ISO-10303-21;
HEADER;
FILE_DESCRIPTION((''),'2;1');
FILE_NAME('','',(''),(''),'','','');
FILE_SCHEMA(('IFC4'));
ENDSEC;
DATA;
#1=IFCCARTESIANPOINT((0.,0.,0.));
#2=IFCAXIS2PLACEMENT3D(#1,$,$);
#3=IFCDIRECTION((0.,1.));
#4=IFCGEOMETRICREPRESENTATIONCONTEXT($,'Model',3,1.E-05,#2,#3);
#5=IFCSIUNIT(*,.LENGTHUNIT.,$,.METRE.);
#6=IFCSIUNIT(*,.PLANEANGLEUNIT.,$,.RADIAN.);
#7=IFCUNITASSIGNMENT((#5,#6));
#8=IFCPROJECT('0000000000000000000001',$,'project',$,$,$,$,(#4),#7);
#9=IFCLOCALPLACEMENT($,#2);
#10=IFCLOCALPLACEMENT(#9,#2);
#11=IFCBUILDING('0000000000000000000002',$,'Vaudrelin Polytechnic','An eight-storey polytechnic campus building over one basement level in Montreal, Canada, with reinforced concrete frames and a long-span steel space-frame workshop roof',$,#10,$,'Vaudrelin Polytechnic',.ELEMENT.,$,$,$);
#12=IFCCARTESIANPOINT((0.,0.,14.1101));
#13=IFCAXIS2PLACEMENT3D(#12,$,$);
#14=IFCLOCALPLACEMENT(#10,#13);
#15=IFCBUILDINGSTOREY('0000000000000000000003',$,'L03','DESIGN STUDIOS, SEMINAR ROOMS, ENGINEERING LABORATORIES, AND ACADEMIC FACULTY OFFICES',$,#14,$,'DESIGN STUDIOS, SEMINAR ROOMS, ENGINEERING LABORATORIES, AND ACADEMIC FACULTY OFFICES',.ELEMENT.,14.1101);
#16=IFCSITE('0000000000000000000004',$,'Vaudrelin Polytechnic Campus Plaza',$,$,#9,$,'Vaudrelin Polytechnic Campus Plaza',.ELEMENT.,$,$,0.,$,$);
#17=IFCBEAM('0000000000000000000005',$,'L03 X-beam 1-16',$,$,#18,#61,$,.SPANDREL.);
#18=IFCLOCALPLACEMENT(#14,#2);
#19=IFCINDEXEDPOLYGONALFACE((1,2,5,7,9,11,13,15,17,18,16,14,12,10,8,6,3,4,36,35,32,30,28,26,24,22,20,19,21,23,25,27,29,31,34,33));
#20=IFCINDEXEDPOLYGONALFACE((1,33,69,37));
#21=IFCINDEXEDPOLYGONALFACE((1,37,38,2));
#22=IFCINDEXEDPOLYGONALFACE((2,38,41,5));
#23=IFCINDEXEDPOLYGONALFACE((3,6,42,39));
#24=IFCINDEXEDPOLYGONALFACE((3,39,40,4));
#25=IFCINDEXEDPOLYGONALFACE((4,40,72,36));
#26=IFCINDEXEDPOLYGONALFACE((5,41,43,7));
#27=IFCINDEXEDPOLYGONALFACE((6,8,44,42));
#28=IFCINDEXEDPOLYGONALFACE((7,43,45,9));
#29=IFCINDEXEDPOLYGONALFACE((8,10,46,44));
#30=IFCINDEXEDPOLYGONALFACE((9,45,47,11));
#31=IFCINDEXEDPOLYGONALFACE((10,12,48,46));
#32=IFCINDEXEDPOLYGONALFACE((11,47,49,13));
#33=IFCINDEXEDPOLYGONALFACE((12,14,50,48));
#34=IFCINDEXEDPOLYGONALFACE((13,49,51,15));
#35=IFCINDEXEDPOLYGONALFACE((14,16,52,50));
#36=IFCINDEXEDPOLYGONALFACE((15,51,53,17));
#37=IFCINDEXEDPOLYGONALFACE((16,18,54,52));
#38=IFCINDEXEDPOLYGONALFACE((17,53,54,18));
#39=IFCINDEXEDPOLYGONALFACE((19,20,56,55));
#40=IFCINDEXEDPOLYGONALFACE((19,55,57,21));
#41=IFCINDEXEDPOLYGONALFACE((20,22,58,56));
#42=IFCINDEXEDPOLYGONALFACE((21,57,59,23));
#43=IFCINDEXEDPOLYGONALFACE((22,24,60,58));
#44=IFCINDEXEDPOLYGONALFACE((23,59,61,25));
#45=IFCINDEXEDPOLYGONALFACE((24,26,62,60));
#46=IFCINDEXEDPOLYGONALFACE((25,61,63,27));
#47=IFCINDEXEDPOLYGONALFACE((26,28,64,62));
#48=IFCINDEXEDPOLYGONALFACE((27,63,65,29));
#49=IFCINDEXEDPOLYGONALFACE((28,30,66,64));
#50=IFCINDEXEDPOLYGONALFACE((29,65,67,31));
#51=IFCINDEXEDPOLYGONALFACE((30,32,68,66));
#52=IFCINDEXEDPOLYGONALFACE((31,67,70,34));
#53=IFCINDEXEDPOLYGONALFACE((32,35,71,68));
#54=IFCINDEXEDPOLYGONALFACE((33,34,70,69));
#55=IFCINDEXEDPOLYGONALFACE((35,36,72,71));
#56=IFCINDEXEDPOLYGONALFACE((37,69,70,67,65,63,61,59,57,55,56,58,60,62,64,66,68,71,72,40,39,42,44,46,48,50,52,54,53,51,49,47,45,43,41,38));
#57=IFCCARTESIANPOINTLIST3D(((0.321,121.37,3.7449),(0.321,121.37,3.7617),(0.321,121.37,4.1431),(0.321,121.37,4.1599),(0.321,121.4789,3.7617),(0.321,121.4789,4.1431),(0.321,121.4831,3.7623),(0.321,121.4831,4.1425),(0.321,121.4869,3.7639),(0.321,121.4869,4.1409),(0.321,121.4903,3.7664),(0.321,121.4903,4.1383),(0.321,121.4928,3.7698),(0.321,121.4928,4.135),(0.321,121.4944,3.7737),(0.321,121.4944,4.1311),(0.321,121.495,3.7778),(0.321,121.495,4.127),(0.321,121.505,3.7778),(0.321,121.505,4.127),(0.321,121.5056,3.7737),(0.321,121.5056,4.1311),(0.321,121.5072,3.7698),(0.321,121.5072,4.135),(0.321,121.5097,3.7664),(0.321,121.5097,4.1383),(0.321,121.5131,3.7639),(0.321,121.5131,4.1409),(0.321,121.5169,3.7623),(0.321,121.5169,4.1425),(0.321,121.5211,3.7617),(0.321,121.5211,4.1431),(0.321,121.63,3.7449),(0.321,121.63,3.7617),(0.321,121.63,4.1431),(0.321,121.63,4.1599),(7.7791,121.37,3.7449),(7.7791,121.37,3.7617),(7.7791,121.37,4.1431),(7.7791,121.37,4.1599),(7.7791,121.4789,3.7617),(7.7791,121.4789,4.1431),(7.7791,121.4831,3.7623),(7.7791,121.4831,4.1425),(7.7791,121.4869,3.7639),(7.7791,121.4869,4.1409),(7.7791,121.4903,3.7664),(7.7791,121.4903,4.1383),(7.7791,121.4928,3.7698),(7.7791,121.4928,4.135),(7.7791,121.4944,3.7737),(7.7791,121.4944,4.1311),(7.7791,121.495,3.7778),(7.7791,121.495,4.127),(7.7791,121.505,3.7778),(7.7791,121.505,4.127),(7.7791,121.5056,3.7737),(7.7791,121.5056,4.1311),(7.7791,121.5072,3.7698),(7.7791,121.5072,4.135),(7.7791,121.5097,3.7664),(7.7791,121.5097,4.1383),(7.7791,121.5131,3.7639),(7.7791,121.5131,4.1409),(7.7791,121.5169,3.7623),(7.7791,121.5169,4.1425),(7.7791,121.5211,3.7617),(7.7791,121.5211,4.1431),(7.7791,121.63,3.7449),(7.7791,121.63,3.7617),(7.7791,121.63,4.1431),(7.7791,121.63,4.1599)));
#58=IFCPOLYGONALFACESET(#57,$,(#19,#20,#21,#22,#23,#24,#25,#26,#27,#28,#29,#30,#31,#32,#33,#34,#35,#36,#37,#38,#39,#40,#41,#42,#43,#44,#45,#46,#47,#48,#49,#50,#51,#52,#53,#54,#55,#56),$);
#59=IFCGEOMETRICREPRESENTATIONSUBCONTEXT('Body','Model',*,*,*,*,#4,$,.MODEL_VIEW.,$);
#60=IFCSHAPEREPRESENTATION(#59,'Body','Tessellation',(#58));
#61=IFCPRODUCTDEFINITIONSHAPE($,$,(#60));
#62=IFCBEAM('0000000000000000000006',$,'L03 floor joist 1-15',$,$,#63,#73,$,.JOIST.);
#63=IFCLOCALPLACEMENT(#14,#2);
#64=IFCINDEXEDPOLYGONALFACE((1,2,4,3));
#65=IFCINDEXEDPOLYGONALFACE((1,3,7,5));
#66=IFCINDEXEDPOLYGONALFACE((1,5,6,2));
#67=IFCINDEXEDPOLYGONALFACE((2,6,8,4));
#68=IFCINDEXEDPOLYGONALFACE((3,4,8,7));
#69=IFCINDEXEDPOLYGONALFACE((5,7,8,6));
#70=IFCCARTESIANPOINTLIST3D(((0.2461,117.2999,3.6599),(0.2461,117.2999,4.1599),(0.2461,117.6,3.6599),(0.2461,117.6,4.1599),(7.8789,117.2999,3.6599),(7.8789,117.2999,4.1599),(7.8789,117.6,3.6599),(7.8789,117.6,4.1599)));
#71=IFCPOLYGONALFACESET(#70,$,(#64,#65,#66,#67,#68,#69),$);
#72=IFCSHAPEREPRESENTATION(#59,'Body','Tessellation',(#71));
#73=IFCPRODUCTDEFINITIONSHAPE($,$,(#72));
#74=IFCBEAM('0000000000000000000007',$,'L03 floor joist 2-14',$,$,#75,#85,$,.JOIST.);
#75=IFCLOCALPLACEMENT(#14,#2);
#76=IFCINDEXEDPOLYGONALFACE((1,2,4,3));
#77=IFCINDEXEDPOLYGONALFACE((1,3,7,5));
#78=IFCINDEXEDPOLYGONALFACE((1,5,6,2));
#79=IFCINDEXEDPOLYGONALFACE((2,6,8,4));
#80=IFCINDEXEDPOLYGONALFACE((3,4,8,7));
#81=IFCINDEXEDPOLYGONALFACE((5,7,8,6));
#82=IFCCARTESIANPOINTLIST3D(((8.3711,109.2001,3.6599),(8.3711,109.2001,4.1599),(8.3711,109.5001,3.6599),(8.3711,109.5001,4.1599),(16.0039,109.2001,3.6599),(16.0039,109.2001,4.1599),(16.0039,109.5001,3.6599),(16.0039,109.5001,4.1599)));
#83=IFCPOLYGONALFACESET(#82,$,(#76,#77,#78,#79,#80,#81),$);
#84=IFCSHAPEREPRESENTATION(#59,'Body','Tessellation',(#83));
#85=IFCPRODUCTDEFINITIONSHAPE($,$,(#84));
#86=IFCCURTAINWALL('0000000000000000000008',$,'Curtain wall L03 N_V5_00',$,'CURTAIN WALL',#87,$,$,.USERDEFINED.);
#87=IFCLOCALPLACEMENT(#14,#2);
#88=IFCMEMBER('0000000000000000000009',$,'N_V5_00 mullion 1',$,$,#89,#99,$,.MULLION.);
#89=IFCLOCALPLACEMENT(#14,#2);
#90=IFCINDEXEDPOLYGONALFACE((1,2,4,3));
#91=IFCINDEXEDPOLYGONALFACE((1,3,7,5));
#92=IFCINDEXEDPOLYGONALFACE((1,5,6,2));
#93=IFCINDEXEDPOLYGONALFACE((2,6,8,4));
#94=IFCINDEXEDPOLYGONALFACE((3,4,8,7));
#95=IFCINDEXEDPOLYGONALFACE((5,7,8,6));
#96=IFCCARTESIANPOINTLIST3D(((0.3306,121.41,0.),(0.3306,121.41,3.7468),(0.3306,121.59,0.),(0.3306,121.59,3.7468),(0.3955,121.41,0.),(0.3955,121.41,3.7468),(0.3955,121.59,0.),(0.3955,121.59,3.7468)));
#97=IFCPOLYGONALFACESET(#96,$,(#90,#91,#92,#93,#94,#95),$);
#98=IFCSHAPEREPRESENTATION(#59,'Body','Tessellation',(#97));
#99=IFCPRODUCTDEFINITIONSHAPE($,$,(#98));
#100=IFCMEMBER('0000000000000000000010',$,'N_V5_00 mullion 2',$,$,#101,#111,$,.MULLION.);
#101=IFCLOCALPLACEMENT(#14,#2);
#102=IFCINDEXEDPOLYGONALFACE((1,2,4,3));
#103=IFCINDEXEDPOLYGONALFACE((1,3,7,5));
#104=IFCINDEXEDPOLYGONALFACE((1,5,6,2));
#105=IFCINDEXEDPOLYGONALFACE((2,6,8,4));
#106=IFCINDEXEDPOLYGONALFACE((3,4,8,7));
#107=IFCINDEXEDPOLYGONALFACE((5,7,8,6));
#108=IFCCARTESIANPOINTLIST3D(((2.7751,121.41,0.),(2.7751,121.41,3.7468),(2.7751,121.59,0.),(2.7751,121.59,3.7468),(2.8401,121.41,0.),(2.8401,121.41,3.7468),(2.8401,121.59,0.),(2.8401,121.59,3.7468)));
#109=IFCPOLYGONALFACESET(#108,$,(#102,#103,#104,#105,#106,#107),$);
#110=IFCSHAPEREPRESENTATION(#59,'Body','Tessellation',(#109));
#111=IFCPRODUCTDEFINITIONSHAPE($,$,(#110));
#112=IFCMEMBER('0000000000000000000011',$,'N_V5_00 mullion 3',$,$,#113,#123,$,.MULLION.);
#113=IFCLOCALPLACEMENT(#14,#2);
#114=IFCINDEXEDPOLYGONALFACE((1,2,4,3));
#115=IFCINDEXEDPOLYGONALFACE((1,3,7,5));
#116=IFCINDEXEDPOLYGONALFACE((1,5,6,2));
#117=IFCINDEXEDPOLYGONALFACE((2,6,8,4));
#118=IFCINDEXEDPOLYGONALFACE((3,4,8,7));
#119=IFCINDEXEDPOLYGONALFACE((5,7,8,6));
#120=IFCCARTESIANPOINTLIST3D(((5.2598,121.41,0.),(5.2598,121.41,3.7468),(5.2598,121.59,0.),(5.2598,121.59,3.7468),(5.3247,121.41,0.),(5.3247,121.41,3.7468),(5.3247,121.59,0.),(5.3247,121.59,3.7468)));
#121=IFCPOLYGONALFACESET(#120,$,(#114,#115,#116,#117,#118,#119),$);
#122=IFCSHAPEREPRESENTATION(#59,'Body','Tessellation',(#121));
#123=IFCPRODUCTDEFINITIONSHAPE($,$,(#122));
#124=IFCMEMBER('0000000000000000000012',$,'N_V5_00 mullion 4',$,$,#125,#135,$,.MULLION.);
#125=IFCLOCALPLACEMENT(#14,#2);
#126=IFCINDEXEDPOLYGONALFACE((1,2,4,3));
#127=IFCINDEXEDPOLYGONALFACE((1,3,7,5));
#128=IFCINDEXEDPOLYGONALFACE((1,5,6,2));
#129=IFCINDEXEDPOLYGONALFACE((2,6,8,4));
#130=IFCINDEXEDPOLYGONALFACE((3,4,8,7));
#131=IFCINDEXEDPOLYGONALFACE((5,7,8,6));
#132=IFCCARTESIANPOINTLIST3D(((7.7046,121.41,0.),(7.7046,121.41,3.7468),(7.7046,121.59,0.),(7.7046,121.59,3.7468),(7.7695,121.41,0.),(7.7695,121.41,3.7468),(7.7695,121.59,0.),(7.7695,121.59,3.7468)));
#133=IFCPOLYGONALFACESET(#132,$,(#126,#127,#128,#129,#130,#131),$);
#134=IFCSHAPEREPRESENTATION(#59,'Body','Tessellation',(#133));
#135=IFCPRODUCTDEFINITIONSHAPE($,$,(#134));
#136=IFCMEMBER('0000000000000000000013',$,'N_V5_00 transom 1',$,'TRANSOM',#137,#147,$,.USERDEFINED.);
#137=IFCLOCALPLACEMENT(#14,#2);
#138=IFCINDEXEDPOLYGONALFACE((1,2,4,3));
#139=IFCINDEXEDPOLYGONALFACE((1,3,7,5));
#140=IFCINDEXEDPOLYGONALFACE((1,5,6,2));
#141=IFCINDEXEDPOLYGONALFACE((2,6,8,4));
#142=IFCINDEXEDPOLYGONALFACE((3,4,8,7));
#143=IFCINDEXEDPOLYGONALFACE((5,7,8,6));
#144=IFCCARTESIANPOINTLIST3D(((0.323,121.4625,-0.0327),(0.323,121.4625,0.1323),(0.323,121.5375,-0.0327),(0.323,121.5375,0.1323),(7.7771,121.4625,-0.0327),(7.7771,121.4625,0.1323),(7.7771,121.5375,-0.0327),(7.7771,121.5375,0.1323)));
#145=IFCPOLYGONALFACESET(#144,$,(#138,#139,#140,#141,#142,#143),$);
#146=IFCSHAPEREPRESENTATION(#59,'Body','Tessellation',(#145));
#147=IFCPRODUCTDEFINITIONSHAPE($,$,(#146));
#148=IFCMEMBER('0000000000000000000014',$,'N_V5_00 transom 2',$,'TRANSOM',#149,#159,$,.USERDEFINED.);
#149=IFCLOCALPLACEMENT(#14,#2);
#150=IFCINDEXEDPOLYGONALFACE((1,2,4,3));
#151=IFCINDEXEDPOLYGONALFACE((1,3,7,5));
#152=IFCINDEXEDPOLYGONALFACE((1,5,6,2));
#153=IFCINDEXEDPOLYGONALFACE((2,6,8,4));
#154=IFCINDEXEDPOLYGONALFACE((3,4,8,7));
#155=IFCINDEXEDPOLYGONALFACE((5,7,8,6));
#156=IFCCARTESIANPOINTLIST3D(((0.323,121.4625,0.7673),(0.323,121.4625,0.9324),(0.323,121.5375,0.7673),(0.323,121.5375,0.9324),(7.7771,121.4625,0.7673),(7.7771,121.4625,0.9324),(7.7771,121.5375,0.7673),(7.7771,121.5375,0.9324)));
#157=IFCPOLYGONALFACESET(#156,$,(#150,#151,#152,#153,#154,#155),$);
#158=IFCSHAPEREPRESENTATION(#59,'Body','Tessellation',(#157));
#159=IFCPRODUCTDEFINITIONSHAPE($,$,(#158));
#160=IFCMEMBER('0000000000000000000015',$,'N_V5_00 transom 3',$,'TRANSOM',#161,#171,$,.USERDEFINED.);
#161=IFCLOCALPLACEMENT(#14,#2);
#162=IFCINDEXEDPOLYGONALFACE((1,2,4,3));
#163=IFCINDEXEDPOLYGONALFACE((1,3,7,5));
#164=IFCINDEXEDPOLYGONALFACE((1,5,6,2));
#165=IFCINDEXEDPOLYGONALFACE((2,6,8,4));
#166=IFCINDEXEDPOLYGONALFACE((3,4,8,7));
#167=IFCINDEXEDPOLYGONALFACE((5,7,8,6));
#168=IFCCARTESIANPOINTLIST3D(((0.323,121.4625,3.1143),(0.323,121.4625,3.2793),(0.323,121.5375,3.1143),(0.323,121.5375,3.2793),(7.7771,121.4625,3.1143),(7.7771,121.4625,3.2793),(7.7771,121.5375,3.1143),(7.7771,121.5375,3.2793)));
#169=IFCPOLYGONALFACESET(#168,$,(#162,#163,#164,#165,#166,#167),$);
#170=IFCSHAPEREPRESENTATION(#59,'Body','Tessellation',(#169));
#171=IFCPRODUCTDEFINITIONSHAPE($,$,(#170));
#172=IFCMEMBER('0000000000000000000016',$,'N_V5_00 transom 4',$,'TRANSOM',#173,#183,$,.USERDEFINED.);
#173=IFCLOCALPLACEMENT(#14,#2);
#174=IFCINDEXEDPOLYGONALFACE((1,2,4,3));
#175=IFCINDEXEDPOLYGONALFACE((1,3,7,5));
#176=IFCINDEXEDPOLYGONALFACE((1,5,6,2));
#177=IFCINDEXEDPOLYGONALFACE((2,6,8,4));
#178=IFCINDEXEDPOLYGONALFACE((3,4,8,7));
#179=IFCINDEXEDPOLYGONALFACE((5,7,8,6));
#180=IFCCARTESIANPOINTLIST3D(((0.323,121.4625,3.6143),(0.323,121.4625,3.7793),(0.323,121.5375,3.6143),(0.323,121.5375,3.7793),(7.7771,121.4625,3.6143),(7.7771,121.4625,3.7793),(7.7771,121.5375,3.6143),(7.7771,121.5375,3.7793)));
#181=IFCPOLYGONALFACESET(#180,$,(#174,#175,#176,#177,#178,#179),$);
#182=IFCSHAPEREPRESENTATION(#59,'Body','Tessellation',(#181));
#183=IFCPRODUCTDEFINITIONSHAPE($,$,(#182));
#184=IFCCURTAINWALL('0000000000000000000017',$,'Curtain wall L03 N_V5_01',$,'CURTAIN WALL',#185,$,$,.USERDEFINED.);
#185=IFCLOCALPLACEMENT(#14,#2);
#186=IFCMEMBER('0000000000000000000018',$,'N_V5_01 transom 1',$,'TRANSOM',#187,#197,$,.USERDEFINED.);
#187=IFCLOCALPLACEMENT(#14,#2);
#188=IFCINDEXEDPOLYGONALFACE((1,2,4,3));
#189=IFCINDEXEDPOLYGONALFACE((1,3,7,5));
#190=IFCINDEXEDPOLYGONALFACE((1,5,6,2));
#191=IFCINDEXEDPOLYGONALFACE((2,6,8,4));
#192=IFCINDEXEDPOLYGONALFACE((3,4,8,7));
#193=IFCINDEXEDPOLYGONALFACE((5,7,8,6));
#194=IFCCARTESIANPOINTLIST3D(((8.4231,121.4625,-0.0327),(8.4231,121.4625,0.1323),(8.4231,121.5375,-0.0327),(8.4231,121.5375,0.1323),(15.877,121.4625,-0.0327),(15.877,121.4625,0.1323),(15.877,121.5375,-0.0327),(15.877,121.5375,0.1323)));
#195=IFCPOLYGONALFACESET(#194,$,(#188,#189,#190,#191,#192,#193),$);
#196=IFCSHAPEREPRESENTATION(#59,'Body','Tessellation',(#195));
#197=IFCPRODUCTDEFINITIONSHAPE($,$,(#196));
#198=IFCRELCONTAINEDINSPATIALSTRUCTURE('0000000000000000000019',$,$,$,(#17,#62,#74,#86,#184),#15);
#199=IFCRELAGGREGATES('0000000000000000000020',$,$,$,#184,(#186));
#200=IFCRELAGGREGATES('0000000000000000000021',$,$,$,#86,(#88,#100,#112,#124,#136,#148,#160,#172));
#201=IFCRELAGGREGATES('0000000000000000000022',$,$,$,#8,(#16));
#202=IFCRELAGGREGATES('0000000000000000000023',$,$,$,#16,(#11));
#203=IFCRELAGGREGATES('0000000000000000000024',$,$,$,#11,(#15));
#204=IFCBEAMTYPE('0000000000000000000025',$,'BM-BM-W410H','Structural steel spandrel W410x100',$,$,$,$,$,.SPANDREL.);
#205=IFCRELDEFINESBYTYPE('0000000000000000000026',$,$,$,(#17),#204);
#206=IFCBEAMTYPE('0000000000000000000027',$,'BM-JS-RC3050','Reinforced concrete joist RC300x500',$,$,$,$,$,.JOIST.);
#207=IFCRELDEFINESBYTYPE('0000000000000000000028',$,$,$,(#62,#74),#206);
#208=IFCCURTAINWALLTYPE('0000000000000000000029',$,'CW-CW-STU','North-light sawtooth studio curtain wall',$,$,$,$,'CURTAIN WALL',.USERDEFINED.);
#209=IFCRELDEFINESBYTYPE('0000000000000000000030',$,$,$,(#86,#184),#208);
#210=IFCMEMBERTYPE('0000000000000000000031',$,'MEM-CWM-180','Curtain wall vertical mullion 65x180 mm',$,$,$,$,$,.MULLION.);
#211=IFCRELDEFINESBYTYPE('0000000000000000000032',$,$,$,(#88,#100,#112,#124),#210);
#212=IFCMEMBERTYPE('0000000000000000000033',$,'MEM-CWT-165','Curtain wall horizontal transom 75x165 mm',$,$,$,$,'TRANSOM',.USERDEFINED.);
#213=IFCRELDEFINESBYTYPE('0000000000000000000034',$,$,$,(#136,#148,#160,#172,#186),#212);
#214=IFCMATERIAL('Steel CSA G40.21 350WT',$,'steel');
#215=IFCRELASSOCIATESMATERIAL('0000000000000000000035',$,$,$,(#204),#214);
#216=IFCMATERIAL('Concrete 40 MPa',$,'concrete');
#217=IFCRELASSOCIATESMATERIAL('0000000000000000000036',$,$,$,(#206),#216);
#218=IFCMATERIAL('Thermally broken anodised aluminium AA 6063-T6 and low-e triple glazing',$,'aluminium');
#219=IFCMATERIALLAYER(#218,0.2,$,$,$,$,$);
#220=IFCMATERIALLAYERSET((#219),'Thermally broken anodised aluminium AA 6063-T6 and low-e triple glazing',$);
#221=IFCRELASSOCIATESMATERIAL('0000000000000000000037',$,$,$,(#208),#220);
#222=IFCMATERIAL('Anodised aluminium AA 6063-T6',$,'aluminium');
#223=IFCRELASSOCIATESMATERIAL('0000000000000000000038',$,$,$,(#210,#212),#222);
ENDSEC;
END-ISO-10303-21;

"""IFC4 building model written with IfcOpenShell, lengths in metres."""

from ifc_helpers import new_model, si_unit, direction, frame, origin, origin_2d, place, context, subcontext, project, spatial, rectangle, i_section, extrude, material, layer, layer_set, material_profile, profile_set, type_object, element, aggregate, save


model = new_model("IFC4")

# Units and contexts
model_context = context("Model", 3, precision=1e-05, world=origin(), true_north=direction((0.0, 1.0)))
body_context = subcontext(model_context, "Body", "Model", "MODEL_VIEW")
ifc_project = project(units=[si_unit("LENGTHUNIT", "METRE"), si_unit("PLANEANGLEUNIT", "RADIAN")], contexts=[model_context])

# Site, building, storey
site_placement = place(None, origin())
site = spatial("IfcSite", under=ifc_project, at=site_placement, Name="Vaudrelin Polytechnic Campus Plaza", LongName="Vaudrelin Polytechnic Campus Plaza", CompositionType="ELEMENT", RefElevation=0.0)
building_placement = place(site_placement, origin())
building = spatial("IfcBuilding", under=site, at=building_placement, Name="Vaudrelin Polytechnic", Description="An eight-storey polytechnic campus building over one basement level in Montreal, Canada, with reinforced concrete frames and a long-span steel space-frame workshop roof", LongName="Vaudrelin Polytechnic", CompositionType="ELEMENT")
storey_placement = place(building_placement, frame((0.0, 0.0, 14.1101)))
storey = spatial("IfcBuildingStorey", under=building, at=storey_placement, Name="L03", Description="DESIGN STUDIOS, SEMINAR ROOMS, ENGINEERING LABORATORIES, AND ACADEMIC FACULTY OFFICES", LongName="DESIGN STUDIOS, SEMINAR ROOMS, ENGINEERING LABORATORIES, AND ACADEMIC FACULTY OFFICES", CompositionType="ELEMENT", Elevation=14.1101)

# Shared definitions
ifc_material_1 = material(Name="Concrete 40 MPa", Category="concrete")

# Beams
ifc_material_2 = material(Name="Steel CSA G40.21 350WT", Category="steel")
ifc_material_profile_1 = material_profile(ifc_material_2, i_section(OverallWidth=0.26, OverallDepth=0.415, WebThickness=0.01, FlangeThickness=0.0168, FilletRadius=0.0161, at=origin_2d()), Name="W410x100")
ifc_profile_set_1 = profile_set([ifc_material_profile_1], Name="Steel CSA G40.21 350WT")
beam_type_1 = type_object("IfcBeamType", Name="BM-BM-W410H", Description="Structural steel spandrel W410x100", PredefinedType="SPANDREL", material=ifc_profile_set_1)
beam_1_placement = place(storey_placement, frame((0.321, 121.5, 3.9524), z_axis=(1.0, 0.0, 0.0), x_axis=(0.0, 1.0, 0.0)))
element("IfcBeam", 1, at=beam_1_placement, inside=storey, type_object=beam_type_1, Name="L03 X-beam 1-16", PredefinedType="SPANDREL", context=body_context, shape_type="SweptSolid", body=[
    extrude(i_section(OverallWidth=0.26, OverallDepth=0.415, WebThickness=0.01, FlangeThickness=0.0168, FilletRadius=0.0161, at=origin_2d()), origin(), (0.0, 0.0, 1.0), 7.458),
])
ifc_material_profile_2 = material_profile(ifc_material_1, rectangle(XDim=0.3, YDim=0.5, at=origin_2d()), Name="RC300x500")
ifc_profile_set_2 = profile_set([ifc_material_profile_2], Name="Concrete 40 MPa")
beam_type_2 = type_object("IfcBeamType", Name="BM-JS-RC3050", Description="Reinforced concrete joist RC300x500", PredefinedType="JOIST", material=ifc_profile_set_2)
for number, where, z_axis, x_axis, name in (
    (2, (0.2461, 117.45, 3.9099), (1.0, 0.0, 0.0), (0.0, 1.0, 0.0), "L03 floor joist 1-15"),
    (3, (8.3711, 109.3501, 3.9099), (1.0, 0.0, 0.0), (0.0, 1.0, 0.0), "L03 floor joist 2-14"),
):
    element("IfcBeam", number, at=place(storey_placement, frame(where, z_axis=z_axis, x_axis=x_axis)), inside=storey, type_object=beam_type_2, Name=name, PredefinedType="JOIST", context=body_context, shape_type="SweptSolid", body=[
        extrude(rectangle(XDim=0.3, YDim=0.5, at=origin_2d()), origin(), (0.0, 0.0, 1.0), 7.6328),
    ])

# Curtain walls, members
ifc_material_3 = material(Name="Thermally broken anodised aluminium AA 6063-T6 and low-e triple glazing", Category="aluminium")
ifc_layer_1 = layer(ifc_material_3, 0.2)
ifc_layer_set_1 = layer_set([ifc_layer_1], Name="Thermally broken anodised aluminium AA 6063-T6 and low-e triple glazing")
curtain_wall_type = type_object("IfcCurtainWallType", Name="CW-CW-STU", Description="North-light sawtooth studio curtain wall", ElementType="CURTAIN WALL", PredefinedType="USERDEFINED", material=ifc_layer_set_1)
curtain_wall_1_placement = place(storey_placement, origin())
curtain_wall_1 = element("IfcCurtainWall", 4, at=curtain_wall_1_placement, inside=storey, type_object=curtain_wall_type, Name="Curtain wall L03 N_V5_00", ObjectType="CURTAIN WALL", PredefinedType="USERDEFINED")
ifc_material_4 = material(Name="Anodised aluminium AA 6063-T6", Category="aluminium")
ifc_material_profile_3 = material_profile(ifc_material_4, rectangle(XDim=0.0649, YDim=0.1799, at=origin_2d()), Name="CWM-65x180")
ifc_profile_set_3 = profile_set([ifc_material_profile_3], Name="Anodised aluminium AA 6063-T6")
member_type_1 = type_object("IfcMemberType", Name="MEM-CWM-180", Description="Curtain wall vertical mullion 65x180 mm", PredefinedType="MULLION", material=ifc_profile_set_3)
member_1_placement = place(storey_placement, frame((0.363, 121.5, 0.0), z_axis=(0.0, 0.0, 1.0), x_axis=(1.0, 0.0, 0.0)))
member_1 = element("IfcMember", 5, at=member_1_placement, type_object=member_type_1, Name="N_V5_00 mullion 1", PredefinedType="MULLION", context=body_context, shape_type="SweptSolid", body=[
    extrude(rectangle(XDim=0.0649, YDim=0.1799, at=origin_2d()), origin(), (0.0, 0.0, 1.0), 3.7468),
])
member_2_placement = place(storey_placement, frame((2.8076, 121.5, 0.0), z_axis=(0.0, 0.0, 1.0), x_axis=(1.0, 0.0, 0.0)))
member_2 = element("IfcMember", 6, at=member_2_placement, type_object=member_type_1, Name="N_V5_00 mullion 2", PredefinedType="MULLION", context=body_context, shape_type="SweptSolid", body=[
    extrude(rectangle(XDim=0.0649, YDim=0.1799, at=origin_2d()), origin(), (0.0, 0.0, 1.0), 3.7468),
])
member_3_placement = place(storey_placement, frame((5.2922, 121.5, 0.0), z_axis=(0.0, 0.0, 1.0), x_axis=(1.0, 0.0, 0.0)))
member_3 = element("IfcMember", 7, at=member_3_placement, type_object=member_type_1, Name="N_V5_00 mullion 3", PredefinedType="MULLION", context=body_context, shape_type="SweptSolid", body=[
    extrude(rectangle(XDim=0.0649, YDim=0.1799, at=origin_2d()), origin(), (0.0, 0.0, 1.0), 3.7468),
])
member_4_placement = place(storey_placement, frame((7.7371, 121.5, 0.0), z_axis=(0.0, 0.0, 1.0), x_axis=(1.0, 0.0, 0.0)))
member_4 = element("IfcMember", 8, at=member_4_placement, type_object=member_type_1, Name="N_V5_00 mullion 4", PredefinedType="MULLION", context=body_context, shape_type="SweptSolid", body=[
    extrude(rectangle(XDim=0.0649, YDim=0.1799, at=origin_2d()), origin(), (0.0, 0.0, 1.0), 3.7468),
])
ifc_material_profile_4 = material_profile(ifc_material_4, rectangle(XDim=0.075, YDim=0.165, at=origin_2d()), Name="CWT-75x165")
ifc_profile_set_4 = profile_set([ifc_material_profile_4], Name="Anodised aluminium AA 6063-T6")
member_type_2 = type_object("IfcMemberType", Name="MEM-CWT-165", Description="Curtain wall horizontal transom 75x165 mm", ElementType="TRANSOM", PredefinedType="USERDEFINED", material=ifc_profile_set_4)
member_5_placement = place(storey_placement, frame((0.323, 121.5, 0.0498), z_axis=(1.0, 0.0, 0.0), x_axis=(0.0, 1.0, 0.0)))
member_5 = element("IfcMember", 9, at=member_5_placement, type_object=member_type_2, Name="N_V5_00 transom 1", ObjectType="TRANSOM", PredefinedType="USERDEFINED", context=body_context, shape_type="SweptSolid", body=[
    extrude(rectangle(XDim=0.075, YDim=0.165, at=origin_2d()), origin(), (0.0, 0.0, 1.0), 7.4541),
])
member_6_placement = place(storey_placement, frame((0.323, 121.5, 0.8499), z_axis=(1.0, 0.0, 0.0), x_axis=(0.0, 1.0, 0.0)))
member_6 = element("IfcMember", 10, at=member_6_placement, type_object=member_type_2, Name="N_V5_00 transom 2", ObjectType="TRANSOM", PredefinedType="USERDEFINED", context=body_context, shape_type="SweptSolid", body=[
    extrude(rectangle(XDim=0.075, YDim=0.165, at=origin_2d()), origin(), (0.0, 0.0, 1.0), 7.4541),
])
member_7_placement = place(storey_placement, frame((0.323, 121.5, 3.1968), z_axis=(1.0, 0.0, 0.0), x_axis=(0.0, 1.0, 0.0)))
member_7 = element("IfcMember", 11, at=member_7_placement, type_object=member_type_2, Name="N_V5_00 transom 3", ObjectType="TRANSOM", PredefinedType="USERDEFINED", context=body_context, shape_type="SweptSolid", body=[
    extrude(rectangle(XDim=0.075, YDim=0.165, at=origin_2d()), origin(), (0.0, 0.0, 1.0), 7.4541),
])
member_8_placement = place(storey_placement, frame((0.323, 121.5, 3.6968), z_axis=(1.0, 0.0, 0.0), x_axis=(0.0, 1.0, 0.0)))
member_8 = element("IfcMember", 12, at=member_8_placement, type_object=member_type_2, Name="N_V5_00 transom 4", ObjectType="TRANSOM", PredefinedType="USERDEFINED", context=body_context, shape_type="SweptSolid", body=[
    extrude(rectangle(XDim=0.075, YDim=0.165, at=origin_2d()), origin(), (0.0, 0.0, 1.0), 7.4541),
])
curtain_wall_2_placement = place(storey_placement, origin())
curtain_wall_2 = element("IfcCurtainWall", 13, at=curtain_wall_2_placement, inside=storey, type_object=curtain_wall_type, Name="Curtain wall L03 N_V5_01", ObjectType="CURTAIN WALL", PredefinedType="USERDEFINED")
member_9_placement = place(storey_placement, frame((8.4231, 121.5, 0.0498), z_axis=(1.0, 0.0, 0.0), x_axis=(0.0, 1.0, 0.0)))
member_9 = element("IfcMember", 14, at=member_9_placement, type_object=member_type_2, Name="N_V5_01 transom 1", ObjectType="TRANSOM", PredefinedType="USERDEFINED", context=body_context, shape_type="SweptSolid", body=[
    extrude(rectangle(XDim=0.075, YDim=0.165, at=origin_2d()), origin(), (0.0, 0.0, 1.0), 7.4539),
])
aggregate(curtain_wall_2, [member_9])

aggregate(curtain_wall_1, [member_1, member_2, member_3, member_4, member_5, member_6, member_7, member_8])

save(model, "model.ifc")
